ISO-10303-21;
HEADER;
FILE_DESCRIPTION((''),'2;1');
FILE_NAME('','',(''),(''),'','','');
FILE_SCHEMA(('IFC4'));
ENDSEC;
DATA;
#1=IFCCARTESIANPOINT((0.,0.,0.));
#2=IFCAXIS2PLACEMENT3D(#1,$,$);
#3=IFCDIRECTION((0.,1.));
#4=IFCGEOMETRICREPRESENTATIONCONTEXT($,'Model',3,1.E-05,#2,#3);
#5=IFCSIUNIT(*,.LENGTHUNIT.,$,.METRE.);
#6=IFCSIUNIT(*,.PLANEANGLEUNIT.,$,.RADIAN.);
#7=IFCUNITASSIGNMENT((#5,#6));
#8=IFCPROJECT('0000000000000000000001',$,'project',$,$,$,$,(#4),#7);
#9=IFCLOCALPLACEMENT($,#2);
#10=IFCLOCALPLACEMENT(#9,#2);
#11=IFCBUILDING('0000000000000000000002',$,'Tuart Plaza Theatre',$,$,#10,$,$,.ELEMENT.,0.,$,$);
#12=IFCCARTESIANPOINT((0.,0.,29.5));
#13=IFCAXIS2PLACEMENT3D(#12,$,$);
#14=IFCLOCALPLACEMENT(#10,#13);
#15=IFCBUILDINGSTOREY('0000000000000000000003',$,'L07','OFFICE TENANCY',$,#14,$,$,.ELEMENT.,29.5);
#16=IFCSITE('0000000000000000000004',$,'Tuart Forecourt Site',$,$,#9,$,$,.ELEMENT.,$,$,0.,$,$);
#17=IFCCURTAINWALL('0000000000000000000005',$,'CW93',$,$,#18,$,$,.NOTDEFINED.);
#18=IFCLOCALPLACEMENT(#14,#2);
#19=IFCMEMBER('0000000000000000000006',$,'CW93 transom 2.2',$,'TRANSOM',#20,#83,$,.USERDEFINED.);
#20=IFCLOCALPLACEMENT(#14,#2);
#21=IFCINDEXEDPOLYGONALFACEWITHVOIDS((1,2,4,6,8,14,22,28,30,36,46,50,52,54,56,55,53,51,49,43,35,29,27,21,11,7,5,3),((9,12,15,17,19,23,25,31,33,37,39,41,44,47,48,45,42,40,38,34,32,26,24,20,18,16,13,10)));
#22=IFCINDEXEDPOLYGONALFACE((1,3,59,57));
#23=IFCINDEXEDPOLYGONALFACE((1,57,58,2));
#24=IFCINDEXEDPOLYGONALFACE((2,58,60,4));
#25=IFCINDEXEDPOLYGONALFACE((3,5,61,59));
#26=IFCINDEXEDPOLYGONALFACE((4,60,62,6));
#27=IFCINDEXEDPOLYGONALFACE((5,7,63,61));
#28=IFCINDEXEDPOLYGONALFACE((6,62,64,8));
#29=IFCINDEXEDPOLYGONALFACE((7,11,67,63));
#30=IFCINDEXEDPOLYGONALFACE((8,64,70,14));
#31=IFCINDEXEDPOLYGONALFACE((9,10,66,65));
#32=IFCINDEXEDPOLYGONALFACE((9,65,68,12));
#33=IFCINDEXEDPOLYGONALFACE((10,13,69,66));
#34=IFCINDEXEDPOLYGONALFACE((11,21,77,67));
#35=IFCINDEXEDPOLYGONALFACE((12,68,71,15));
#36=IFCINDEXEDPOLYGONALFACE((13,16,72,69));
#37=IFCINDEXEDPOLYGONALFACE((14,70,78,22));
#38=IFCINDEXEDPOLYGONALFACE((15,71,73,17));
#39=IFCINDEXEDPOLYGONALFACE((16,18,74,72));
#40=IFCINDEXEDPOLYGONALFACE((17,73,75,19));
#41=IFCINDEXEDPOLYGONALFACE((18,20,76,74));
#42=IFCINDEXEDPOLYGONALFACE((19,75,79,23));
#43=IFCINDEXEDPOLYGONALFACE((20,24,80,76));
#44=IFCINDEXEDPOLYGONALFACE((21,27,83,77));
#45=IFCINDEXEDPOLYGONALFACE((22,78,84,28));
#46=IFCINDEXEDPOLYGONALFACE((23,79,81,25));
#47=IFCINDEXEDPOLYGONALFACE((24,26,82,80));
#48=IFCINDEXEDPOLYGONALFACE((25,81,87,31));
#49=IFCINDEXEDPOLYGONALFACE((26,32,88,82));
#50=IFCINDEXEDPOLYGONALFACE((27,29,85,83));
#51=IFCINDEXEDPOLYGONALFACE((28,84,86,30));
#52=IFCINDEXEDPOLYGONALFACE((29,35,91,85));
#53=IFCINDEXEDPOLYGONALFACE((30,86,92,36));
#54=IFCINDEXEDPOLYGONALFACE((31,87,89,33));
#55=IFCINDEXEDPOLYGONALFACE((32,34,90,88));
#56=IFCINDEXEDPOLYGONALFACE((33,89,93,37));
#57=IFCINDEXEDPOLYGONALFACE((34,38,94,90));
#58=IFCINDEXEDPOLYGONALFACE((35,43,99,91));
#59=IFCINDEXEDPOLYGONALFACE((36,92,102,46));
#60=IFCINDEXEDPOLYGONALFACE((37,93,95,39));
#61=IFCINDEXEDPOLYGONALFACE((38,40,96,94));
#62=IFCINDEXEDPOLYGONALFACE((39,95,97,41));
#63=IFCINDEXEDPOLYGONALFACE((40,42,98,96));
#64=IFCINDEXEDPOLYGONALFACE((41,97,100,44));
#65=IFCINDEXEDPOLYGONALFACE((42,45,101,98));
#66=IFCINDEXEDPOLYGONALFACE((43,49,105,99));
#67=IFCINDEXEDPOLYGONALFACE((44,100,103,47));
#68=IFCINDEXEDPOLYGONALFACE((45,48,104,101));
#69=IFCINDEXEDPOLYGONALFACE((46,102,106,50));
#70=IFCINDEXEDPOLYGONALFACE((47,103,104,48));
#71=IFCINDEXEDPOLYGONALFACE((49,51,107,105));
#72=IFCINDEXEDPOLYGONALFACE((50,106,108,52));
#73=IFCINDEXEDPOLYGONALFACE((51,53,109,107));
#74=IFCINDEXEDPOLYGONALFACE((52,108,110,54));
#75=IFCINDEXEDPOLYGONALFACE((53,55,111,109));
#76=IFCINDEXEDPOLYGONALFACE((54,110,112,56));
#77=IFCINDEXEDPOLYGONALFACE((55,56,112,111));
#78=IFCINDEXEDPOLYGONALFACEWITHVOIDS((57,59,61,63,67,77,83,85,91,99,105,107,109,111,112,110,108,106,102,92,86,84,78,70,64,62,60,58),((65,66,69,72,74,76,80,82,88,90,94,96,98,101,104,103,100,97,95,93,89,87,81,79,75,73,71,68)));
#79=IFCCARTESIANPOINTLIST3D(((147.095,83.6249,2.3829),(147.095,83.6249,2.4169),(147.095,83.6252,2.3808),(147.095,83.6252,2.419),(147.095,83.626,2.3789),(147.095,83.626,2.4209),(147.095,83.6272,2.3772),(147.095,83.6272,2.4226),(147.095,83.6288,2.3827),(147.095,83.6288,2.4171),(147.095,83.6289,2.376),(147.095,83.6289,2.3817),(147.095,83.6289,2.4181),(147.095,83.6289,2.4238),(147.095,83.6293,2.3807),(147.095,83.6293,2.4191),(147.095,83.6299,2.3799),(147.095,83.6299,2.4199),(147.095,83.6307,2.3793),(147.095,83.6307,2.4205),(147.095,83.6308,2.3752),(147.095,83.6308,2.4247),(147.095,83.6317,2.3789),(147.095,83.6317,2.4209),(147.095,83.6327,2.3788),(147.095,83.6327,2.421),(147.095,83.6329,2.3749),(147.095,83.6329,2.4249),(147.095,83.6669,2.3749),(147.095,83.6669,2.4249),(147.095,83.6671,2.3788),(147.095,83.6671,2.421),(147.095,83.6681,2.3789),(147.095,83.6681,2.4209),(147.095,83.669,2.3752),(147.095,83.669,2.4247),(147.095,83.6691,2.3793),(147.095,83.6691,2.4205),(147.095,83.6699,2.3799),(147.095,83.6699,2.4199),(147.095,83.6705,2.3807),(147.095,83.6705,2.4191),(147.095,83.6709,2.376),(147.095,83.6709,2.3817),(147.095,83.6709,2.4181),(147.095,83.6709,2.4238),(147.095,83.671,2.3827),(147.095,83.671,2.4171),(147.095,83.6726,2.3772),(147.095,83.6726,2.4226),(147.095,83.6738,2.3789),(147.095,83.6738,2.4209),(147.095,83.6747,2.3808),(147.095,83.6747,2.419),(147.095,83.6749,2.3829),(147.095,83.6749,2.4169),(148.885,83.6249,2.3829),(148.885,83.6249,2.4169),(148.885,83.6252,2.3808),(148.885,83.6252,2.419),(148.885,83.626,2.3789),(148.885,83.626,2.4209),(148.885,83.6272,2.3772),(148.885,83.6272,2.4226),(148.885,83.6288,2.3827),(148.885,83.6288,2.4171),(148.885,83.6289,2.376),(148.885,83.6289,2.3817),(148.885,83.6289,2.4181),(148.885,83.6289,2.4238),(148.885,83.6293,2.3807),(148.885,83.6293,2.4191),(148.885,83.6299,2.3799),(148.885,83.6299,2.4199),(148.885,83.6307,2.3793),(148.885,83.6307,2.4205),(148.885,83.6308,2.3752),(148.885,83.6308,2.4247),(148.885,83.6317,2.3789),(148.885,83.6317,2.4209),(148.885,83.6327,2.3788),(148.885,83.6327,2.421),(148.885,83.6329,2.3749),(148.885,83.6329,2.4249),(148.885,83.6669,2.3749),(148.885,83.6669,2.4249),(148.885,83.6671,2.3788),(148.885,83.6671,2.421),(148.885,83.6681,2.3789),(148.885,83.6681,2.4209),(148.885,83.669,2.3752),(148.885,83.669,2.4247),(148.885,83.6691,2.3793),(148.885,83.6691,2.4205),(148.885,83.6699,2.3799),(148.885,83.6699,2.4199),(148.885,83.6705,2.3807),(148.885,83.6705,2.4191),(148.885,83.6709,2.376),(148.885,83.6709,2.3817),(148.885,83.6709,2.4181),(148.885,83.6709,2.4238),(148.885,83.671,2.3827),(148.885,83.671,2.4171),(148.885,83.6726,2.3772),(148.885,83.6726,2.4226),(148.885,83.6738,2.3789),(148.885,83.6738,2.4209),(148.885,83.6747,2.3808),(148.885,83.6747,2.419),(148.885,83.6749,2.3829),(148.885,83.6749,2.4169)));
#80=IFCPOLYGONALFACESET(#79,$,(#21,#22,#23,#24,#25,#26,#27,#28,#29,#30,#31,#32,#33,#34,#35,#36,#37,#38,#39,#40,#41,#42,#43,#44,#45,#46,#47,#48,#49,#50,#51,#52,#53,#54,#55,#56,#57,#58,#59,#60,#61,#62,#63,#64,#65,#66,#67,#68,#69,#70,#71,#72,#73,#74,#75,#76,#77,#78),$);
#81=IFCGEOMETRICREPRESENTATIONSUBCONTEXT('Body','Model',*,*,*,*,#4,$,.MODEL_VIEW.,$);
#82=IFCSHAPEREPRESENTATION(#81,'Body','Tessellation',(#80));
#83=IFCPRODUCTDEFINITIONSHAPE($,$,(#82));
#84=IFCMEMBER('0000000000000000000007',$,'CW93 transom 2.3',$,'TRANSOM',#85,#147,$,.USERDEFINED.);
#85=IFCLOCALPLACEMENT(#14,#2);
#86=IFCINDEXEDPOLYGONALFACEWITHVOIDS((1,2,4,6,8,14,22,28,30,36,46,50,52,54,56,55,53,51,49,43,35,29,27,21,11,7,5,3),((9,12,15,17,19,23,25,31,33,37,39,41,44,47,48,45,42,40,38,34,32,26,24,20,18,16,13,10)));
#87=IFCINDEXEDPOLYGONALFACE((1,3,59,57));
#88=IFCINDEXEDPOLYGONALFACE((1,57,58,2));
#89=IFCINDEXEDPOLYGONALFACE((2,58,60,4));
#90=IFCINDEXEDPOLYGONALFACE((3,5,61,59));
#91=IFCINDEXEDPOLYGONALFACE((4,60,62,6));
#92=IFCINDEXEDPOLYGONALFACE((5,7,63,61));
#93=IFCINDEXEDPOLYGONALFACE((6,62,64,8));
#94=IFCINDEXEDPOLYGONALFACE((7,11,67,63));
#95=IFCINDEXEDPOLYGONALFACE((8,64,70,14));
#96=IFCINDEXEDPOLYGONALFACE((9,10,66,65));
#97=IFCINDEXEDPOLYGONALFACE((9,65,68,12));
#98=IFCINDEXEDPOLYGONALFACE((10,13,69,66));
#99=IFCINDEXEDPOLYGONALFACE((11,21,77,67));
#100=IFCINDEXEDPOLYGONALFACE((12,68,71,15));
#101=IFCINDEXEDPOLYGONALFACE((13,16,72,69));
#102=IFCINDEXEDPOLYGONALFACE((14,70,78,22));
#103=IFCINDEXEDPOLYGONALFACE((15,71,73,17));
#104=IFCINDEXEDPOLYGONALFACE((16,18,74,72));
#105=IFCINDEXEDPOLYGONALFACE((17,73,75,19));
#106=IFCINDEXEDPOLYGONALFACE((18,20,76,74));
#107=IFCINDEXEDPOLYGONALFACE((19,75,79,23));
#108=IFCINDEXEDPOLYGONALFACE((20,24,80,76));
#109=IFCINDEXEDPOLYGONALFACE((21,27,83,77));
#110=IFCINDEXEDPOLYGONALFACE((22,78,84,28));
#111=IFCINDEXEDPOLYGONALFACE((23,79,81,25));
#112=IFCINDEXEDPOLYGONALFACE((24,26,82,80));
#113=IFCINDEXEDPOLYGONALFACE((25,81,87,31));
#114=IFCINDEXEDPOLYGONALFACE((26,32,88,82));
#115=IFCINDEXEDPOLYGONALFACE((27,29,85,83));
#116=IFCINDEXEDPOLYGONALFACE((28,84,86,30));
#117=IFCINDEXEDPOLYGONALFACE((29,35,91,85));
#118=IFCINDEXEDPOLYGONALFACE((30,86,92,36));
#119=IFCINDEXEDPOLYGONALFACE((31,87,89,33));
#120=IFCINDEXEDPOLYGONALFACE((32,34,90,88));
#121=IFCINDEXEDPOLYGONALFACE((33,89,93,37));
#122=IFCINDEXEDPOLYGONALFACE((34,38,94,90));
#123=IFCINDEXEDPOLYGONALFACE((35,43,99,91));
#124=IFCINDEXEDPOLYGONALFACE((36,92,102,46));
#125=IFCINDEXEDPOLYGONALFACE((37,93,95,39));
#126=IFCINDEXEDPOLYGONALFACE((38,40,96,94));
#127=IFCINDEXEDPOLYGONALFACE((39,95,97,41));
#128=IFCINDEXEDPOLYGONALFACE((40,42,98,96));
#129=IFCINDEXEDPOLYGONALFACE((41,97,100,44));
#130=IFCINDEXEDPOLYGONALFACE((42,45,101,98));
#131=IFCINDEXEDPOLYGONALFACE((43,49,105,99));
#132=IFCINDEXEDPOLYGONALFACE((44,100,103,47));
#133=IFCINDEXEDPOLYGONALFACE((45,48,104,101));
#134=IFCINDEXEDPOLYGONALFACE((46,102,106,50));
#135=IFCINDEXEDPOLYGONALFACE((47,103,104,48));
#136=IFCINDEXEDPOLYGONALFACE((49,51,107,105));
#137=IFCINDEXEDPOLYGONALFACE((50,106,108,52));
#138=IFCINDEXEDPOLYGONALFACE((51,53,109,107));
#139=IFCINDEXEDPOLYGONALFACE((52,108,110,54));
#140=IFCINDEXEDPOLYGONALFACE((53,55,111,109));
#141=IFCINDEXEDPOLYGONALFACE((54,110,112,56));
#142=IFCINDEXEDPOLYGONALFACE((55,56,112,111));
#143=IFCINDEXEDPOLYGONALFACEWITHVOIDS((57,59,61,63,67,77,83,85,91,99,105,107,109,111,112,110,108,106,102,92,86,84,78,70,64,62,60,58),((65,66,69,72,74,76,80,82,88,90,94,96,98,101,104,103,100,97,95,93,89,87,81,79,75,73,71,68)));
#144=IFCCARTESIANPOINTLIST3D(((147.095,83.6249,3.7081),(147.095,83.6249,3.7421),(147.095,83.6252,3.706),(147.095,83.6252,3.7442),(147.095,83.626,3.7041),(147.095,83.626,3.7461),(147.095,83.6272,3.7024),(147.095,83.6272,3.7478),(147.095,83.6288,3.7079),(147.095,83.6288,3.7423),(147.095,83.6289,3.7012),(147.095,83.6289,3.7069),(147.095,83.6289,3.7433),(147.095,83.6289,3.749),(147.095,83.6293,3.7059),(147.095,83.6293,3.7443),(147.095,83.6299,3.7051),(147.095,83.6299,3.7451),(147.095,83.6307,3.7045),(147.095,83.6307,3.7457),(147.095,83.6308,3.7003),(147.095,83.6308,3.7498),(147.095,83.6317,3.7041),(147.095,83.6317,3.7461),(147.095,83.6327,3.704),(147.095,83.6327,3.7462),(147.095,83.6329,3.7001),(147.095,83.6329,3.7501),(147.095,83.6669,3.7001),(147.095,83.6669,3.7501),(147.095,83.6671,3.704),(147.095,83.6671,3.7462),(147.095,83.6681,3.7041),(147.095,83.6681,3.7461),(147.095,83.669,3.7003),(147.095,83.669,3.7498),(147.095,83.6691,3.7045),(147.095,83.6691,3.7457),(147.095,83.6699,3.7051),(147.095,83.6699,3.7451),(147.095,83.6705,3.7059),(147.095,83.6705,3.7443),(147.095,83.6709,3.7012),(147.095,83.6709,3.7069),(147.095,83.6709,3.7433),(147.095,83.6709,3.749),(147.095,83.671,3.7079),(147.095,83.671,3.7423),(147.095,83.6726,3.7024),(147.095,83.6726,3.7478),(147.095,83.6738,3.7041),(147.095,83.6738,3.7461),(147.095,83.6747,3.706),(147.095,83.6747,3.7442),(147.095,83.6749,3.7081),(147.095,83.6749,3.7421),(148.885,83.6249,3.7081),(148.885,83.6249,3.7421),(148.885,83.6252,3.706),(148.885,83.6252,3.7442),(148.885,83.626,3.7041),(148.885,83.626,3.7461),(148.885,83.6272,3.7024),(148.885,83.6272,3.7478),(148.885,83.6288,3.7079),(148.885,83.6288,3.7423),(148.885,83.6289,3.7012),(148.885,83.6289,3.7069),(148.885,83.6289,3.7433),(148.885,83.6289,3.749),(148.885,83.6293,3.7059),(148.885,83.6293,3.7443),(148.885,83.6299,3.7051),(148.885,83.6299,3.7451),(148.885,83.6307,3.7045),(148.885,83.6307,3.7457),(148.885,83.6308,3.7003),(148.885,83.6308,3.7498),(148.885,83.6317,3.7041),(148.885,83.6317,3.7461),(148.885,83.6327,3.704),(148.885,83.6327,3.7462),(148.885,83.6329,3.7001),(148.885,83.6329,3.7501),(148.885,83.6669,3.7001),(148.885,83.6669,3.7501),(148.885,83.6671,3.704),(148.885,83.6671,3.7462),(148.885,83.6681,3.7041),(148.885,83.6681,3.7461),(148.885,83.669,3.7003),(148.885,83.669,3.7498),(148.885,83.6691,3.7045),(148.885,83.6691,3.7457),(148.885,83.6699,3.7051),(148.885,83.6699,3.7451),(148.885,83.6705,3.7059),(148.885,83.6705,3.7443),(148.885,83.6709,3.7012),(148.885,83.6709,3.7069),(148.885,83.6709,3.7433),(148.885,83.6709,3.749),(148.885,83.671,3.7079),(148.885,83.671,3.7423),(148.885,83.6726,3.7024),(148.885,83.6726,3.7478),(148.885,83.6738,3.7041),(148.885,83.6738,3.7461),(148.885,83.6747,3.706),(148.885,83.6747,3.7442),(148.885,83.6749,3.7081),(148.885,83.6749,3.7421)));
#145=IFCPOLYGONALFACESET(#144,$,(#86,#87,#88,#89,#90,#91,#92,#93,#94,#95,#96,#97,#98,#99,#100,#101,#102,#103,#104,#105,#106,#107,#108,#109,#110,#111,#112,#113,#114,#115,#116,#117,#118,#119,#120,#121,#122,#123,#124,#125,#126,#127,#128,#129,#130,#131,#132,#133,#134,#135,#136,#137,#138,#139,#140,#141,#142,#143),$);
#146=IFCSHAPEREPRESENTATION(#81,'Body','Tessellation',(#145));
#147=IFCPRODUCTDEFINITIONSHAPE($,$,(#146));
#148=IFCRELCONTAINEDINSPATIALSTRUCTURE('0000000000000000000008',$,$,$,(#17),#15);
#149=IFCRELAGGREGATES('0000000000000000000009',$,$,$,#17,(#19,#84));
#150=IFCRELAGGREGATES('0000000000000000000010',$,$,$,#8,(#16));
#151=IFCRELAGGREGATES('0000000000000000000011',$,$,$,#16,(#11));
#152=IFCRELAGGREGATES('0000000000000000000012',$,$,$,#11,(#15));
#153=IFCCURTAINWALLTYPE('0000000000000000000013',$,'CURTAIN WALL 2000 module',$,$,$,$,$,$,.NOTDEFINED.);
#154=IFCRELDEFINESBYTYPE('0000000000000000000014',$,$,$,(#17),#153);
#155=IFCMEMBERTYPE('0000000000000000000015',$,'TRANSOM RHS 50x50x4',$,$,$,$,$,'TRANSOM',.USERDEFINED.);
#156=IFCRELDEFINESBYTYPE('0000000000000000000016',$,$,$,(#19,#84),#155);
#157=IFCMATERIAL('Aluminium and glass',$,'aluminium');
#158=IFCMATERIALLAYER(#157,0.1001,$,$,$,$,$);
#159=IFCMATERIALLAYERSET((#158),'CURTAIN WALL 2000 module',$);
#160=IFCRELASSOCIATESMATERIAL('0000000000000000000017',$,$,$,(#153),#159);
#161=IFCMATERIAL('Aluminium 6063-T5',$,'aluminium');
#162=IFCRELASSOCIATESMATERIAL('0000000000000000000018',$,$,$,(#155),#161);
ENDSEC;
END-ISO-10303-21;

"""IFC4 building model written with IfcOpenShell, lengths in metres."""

from ifc_helpers import new_model, si_unit, direction, frame, origin, origin_2d, place, context, subcontext, project, spatial, hollow_rectangle, extrude, material, layer, layer_set, material_profile, profile_set, type_object, element, aggregate, save


model = new_model("IFC4")

# Units and contexts
model_context = context("Model", 3, precision=1e-05, world=origin(), true_north=direction((0.0, 1.0)))
body_context = subcontext(model_context, "Body", "Model", "MODEL_VIEW")
ifc_project = project(units=[si_unit("LENGTHUNIT", "METRE"), si_unit("PLANEANGLEUNIT", "RADIAN")], contexts=[model_context])

# Site, building, storey
site_placement = place(None, origin())
site = spatial("IfcSite", under=ifc_project, at=site_placement, Name="Tuart Forecourt Site", CompositionType="ELEMENT", RefElevation=0.0)
building_placement = place(site_placement, origin())
building = spatial("IfcBuilding", under=site, at=building_placement, Name="Tuart Plaza Theatre", CompositionType="ELEMENT", ElevationOfRefHeight=0.0)
storey_placement = place(building_placement, frame((0.0, 0.0, 29.5)))
storey = spatial("IfcBuildingStorey", under=building, at=storey_placement, Name="L07", Description="OFFICE TENANCY", CompositionType="ELEMENT", Elevation=29.5)

# Curtain wall
ifc_material_1 = material(Name="Aluminium and glass", Category="aluminium")
ifc_layer_1 = layer(ifc_material_1, 0.1001)
ifc_layer_set_1 = layer_set([ifc_layer_1], Name="CURTAIN WALL 2000 module")
curtain_wall_type = type_object("IfcCurtainWallType", Name="CURTAIN WALL 2000 module", PredefinedType="NOTDEFINED", material=ifc_layer_set_1)
curtain_wall_1_placement = place(storey_placement, origin())
curtain_wall_1 = element("IfcCurtainWall", 1, at=curtain_wall_1_placement, inside=storey, type_object=curtain_wall_type, Name="CW93", PredefinedType="NOTDEFINED")

# Members
ifc_material_2 = material(Name="Aluminium 6063-T5", Category="aluminium")
ifc_material_profile_1 = material_profile(ifc_material_2, hollow_rectangle(XDim=0.05, YDim=0.05, WallThickness=0.0039, InnerFilletRadius=0.0039, OuterFilletRadius=0.0081, at=origin_2d()), Name="RHS 50x50x4")
ifc_profile_set_1 = profile_set([ifc_material_profile_1], Name="Aluminium 6063-T5")
member_type_1 = type_object("IfcMemberType", Name="TRANSOM RHS 50x50x4", ElementType="TRANSOM", PredefinedType="USERDEFINED", material=ifc_profile_set_1)
member_1_placement = place(storey_placement, frame((148.885, 83.6499, 2.3999), z_axis=(-1.0, 0.0, 0.0), x_axis=(0.0, -1.0, 0.0)))
member_1 = element("IfcMember", 2, at=member_1_placement, type_object=member_type_1, Name="CW93 transom 2.2", ObjectType="TRANSOM", PredefinedType="USERDEFINED", context=body_context, shape_type="SweptSolid", body=[
    extrude(hollow_rectangle(XDim=0.05, YDim=0.05, WallThickness=0.0039, InnerFilletRadius=0.0039, OuterFilletRadius=0.0081, at=origin_2d()), origin(), (0.0, 0.0, 1.0), 1.79),
])
member_2_placement = place(storey_placement, frame((148.885, 83.6499, 3.7251), z_axis=(-1.0, 0.0, 0.0), x_axis=(0.0, -1.0, 0.0)))
member_2 = element("IfcMember", 3, at=member_2_placement, type_object=member_type_1, Name="CW93 transom 2.3", ObjectType="TRANSOM", PredefinedType="USERDEFINED", context=body_context, shape_type="SweptSolid", body=[
    extrude(hollow_rectangle(XDim=0.05, YDim=0.05, WallThickness=0.0039, InnerFilletRadius=0.0039, OuterFilletRadius=0.0081, at=origin_2d()), origin(), (0.0, 0.0, 1.0), 1.79),
])

aggregate(curtain_wall_1, [member_1, member_2])

save(model, "model.ifc")
